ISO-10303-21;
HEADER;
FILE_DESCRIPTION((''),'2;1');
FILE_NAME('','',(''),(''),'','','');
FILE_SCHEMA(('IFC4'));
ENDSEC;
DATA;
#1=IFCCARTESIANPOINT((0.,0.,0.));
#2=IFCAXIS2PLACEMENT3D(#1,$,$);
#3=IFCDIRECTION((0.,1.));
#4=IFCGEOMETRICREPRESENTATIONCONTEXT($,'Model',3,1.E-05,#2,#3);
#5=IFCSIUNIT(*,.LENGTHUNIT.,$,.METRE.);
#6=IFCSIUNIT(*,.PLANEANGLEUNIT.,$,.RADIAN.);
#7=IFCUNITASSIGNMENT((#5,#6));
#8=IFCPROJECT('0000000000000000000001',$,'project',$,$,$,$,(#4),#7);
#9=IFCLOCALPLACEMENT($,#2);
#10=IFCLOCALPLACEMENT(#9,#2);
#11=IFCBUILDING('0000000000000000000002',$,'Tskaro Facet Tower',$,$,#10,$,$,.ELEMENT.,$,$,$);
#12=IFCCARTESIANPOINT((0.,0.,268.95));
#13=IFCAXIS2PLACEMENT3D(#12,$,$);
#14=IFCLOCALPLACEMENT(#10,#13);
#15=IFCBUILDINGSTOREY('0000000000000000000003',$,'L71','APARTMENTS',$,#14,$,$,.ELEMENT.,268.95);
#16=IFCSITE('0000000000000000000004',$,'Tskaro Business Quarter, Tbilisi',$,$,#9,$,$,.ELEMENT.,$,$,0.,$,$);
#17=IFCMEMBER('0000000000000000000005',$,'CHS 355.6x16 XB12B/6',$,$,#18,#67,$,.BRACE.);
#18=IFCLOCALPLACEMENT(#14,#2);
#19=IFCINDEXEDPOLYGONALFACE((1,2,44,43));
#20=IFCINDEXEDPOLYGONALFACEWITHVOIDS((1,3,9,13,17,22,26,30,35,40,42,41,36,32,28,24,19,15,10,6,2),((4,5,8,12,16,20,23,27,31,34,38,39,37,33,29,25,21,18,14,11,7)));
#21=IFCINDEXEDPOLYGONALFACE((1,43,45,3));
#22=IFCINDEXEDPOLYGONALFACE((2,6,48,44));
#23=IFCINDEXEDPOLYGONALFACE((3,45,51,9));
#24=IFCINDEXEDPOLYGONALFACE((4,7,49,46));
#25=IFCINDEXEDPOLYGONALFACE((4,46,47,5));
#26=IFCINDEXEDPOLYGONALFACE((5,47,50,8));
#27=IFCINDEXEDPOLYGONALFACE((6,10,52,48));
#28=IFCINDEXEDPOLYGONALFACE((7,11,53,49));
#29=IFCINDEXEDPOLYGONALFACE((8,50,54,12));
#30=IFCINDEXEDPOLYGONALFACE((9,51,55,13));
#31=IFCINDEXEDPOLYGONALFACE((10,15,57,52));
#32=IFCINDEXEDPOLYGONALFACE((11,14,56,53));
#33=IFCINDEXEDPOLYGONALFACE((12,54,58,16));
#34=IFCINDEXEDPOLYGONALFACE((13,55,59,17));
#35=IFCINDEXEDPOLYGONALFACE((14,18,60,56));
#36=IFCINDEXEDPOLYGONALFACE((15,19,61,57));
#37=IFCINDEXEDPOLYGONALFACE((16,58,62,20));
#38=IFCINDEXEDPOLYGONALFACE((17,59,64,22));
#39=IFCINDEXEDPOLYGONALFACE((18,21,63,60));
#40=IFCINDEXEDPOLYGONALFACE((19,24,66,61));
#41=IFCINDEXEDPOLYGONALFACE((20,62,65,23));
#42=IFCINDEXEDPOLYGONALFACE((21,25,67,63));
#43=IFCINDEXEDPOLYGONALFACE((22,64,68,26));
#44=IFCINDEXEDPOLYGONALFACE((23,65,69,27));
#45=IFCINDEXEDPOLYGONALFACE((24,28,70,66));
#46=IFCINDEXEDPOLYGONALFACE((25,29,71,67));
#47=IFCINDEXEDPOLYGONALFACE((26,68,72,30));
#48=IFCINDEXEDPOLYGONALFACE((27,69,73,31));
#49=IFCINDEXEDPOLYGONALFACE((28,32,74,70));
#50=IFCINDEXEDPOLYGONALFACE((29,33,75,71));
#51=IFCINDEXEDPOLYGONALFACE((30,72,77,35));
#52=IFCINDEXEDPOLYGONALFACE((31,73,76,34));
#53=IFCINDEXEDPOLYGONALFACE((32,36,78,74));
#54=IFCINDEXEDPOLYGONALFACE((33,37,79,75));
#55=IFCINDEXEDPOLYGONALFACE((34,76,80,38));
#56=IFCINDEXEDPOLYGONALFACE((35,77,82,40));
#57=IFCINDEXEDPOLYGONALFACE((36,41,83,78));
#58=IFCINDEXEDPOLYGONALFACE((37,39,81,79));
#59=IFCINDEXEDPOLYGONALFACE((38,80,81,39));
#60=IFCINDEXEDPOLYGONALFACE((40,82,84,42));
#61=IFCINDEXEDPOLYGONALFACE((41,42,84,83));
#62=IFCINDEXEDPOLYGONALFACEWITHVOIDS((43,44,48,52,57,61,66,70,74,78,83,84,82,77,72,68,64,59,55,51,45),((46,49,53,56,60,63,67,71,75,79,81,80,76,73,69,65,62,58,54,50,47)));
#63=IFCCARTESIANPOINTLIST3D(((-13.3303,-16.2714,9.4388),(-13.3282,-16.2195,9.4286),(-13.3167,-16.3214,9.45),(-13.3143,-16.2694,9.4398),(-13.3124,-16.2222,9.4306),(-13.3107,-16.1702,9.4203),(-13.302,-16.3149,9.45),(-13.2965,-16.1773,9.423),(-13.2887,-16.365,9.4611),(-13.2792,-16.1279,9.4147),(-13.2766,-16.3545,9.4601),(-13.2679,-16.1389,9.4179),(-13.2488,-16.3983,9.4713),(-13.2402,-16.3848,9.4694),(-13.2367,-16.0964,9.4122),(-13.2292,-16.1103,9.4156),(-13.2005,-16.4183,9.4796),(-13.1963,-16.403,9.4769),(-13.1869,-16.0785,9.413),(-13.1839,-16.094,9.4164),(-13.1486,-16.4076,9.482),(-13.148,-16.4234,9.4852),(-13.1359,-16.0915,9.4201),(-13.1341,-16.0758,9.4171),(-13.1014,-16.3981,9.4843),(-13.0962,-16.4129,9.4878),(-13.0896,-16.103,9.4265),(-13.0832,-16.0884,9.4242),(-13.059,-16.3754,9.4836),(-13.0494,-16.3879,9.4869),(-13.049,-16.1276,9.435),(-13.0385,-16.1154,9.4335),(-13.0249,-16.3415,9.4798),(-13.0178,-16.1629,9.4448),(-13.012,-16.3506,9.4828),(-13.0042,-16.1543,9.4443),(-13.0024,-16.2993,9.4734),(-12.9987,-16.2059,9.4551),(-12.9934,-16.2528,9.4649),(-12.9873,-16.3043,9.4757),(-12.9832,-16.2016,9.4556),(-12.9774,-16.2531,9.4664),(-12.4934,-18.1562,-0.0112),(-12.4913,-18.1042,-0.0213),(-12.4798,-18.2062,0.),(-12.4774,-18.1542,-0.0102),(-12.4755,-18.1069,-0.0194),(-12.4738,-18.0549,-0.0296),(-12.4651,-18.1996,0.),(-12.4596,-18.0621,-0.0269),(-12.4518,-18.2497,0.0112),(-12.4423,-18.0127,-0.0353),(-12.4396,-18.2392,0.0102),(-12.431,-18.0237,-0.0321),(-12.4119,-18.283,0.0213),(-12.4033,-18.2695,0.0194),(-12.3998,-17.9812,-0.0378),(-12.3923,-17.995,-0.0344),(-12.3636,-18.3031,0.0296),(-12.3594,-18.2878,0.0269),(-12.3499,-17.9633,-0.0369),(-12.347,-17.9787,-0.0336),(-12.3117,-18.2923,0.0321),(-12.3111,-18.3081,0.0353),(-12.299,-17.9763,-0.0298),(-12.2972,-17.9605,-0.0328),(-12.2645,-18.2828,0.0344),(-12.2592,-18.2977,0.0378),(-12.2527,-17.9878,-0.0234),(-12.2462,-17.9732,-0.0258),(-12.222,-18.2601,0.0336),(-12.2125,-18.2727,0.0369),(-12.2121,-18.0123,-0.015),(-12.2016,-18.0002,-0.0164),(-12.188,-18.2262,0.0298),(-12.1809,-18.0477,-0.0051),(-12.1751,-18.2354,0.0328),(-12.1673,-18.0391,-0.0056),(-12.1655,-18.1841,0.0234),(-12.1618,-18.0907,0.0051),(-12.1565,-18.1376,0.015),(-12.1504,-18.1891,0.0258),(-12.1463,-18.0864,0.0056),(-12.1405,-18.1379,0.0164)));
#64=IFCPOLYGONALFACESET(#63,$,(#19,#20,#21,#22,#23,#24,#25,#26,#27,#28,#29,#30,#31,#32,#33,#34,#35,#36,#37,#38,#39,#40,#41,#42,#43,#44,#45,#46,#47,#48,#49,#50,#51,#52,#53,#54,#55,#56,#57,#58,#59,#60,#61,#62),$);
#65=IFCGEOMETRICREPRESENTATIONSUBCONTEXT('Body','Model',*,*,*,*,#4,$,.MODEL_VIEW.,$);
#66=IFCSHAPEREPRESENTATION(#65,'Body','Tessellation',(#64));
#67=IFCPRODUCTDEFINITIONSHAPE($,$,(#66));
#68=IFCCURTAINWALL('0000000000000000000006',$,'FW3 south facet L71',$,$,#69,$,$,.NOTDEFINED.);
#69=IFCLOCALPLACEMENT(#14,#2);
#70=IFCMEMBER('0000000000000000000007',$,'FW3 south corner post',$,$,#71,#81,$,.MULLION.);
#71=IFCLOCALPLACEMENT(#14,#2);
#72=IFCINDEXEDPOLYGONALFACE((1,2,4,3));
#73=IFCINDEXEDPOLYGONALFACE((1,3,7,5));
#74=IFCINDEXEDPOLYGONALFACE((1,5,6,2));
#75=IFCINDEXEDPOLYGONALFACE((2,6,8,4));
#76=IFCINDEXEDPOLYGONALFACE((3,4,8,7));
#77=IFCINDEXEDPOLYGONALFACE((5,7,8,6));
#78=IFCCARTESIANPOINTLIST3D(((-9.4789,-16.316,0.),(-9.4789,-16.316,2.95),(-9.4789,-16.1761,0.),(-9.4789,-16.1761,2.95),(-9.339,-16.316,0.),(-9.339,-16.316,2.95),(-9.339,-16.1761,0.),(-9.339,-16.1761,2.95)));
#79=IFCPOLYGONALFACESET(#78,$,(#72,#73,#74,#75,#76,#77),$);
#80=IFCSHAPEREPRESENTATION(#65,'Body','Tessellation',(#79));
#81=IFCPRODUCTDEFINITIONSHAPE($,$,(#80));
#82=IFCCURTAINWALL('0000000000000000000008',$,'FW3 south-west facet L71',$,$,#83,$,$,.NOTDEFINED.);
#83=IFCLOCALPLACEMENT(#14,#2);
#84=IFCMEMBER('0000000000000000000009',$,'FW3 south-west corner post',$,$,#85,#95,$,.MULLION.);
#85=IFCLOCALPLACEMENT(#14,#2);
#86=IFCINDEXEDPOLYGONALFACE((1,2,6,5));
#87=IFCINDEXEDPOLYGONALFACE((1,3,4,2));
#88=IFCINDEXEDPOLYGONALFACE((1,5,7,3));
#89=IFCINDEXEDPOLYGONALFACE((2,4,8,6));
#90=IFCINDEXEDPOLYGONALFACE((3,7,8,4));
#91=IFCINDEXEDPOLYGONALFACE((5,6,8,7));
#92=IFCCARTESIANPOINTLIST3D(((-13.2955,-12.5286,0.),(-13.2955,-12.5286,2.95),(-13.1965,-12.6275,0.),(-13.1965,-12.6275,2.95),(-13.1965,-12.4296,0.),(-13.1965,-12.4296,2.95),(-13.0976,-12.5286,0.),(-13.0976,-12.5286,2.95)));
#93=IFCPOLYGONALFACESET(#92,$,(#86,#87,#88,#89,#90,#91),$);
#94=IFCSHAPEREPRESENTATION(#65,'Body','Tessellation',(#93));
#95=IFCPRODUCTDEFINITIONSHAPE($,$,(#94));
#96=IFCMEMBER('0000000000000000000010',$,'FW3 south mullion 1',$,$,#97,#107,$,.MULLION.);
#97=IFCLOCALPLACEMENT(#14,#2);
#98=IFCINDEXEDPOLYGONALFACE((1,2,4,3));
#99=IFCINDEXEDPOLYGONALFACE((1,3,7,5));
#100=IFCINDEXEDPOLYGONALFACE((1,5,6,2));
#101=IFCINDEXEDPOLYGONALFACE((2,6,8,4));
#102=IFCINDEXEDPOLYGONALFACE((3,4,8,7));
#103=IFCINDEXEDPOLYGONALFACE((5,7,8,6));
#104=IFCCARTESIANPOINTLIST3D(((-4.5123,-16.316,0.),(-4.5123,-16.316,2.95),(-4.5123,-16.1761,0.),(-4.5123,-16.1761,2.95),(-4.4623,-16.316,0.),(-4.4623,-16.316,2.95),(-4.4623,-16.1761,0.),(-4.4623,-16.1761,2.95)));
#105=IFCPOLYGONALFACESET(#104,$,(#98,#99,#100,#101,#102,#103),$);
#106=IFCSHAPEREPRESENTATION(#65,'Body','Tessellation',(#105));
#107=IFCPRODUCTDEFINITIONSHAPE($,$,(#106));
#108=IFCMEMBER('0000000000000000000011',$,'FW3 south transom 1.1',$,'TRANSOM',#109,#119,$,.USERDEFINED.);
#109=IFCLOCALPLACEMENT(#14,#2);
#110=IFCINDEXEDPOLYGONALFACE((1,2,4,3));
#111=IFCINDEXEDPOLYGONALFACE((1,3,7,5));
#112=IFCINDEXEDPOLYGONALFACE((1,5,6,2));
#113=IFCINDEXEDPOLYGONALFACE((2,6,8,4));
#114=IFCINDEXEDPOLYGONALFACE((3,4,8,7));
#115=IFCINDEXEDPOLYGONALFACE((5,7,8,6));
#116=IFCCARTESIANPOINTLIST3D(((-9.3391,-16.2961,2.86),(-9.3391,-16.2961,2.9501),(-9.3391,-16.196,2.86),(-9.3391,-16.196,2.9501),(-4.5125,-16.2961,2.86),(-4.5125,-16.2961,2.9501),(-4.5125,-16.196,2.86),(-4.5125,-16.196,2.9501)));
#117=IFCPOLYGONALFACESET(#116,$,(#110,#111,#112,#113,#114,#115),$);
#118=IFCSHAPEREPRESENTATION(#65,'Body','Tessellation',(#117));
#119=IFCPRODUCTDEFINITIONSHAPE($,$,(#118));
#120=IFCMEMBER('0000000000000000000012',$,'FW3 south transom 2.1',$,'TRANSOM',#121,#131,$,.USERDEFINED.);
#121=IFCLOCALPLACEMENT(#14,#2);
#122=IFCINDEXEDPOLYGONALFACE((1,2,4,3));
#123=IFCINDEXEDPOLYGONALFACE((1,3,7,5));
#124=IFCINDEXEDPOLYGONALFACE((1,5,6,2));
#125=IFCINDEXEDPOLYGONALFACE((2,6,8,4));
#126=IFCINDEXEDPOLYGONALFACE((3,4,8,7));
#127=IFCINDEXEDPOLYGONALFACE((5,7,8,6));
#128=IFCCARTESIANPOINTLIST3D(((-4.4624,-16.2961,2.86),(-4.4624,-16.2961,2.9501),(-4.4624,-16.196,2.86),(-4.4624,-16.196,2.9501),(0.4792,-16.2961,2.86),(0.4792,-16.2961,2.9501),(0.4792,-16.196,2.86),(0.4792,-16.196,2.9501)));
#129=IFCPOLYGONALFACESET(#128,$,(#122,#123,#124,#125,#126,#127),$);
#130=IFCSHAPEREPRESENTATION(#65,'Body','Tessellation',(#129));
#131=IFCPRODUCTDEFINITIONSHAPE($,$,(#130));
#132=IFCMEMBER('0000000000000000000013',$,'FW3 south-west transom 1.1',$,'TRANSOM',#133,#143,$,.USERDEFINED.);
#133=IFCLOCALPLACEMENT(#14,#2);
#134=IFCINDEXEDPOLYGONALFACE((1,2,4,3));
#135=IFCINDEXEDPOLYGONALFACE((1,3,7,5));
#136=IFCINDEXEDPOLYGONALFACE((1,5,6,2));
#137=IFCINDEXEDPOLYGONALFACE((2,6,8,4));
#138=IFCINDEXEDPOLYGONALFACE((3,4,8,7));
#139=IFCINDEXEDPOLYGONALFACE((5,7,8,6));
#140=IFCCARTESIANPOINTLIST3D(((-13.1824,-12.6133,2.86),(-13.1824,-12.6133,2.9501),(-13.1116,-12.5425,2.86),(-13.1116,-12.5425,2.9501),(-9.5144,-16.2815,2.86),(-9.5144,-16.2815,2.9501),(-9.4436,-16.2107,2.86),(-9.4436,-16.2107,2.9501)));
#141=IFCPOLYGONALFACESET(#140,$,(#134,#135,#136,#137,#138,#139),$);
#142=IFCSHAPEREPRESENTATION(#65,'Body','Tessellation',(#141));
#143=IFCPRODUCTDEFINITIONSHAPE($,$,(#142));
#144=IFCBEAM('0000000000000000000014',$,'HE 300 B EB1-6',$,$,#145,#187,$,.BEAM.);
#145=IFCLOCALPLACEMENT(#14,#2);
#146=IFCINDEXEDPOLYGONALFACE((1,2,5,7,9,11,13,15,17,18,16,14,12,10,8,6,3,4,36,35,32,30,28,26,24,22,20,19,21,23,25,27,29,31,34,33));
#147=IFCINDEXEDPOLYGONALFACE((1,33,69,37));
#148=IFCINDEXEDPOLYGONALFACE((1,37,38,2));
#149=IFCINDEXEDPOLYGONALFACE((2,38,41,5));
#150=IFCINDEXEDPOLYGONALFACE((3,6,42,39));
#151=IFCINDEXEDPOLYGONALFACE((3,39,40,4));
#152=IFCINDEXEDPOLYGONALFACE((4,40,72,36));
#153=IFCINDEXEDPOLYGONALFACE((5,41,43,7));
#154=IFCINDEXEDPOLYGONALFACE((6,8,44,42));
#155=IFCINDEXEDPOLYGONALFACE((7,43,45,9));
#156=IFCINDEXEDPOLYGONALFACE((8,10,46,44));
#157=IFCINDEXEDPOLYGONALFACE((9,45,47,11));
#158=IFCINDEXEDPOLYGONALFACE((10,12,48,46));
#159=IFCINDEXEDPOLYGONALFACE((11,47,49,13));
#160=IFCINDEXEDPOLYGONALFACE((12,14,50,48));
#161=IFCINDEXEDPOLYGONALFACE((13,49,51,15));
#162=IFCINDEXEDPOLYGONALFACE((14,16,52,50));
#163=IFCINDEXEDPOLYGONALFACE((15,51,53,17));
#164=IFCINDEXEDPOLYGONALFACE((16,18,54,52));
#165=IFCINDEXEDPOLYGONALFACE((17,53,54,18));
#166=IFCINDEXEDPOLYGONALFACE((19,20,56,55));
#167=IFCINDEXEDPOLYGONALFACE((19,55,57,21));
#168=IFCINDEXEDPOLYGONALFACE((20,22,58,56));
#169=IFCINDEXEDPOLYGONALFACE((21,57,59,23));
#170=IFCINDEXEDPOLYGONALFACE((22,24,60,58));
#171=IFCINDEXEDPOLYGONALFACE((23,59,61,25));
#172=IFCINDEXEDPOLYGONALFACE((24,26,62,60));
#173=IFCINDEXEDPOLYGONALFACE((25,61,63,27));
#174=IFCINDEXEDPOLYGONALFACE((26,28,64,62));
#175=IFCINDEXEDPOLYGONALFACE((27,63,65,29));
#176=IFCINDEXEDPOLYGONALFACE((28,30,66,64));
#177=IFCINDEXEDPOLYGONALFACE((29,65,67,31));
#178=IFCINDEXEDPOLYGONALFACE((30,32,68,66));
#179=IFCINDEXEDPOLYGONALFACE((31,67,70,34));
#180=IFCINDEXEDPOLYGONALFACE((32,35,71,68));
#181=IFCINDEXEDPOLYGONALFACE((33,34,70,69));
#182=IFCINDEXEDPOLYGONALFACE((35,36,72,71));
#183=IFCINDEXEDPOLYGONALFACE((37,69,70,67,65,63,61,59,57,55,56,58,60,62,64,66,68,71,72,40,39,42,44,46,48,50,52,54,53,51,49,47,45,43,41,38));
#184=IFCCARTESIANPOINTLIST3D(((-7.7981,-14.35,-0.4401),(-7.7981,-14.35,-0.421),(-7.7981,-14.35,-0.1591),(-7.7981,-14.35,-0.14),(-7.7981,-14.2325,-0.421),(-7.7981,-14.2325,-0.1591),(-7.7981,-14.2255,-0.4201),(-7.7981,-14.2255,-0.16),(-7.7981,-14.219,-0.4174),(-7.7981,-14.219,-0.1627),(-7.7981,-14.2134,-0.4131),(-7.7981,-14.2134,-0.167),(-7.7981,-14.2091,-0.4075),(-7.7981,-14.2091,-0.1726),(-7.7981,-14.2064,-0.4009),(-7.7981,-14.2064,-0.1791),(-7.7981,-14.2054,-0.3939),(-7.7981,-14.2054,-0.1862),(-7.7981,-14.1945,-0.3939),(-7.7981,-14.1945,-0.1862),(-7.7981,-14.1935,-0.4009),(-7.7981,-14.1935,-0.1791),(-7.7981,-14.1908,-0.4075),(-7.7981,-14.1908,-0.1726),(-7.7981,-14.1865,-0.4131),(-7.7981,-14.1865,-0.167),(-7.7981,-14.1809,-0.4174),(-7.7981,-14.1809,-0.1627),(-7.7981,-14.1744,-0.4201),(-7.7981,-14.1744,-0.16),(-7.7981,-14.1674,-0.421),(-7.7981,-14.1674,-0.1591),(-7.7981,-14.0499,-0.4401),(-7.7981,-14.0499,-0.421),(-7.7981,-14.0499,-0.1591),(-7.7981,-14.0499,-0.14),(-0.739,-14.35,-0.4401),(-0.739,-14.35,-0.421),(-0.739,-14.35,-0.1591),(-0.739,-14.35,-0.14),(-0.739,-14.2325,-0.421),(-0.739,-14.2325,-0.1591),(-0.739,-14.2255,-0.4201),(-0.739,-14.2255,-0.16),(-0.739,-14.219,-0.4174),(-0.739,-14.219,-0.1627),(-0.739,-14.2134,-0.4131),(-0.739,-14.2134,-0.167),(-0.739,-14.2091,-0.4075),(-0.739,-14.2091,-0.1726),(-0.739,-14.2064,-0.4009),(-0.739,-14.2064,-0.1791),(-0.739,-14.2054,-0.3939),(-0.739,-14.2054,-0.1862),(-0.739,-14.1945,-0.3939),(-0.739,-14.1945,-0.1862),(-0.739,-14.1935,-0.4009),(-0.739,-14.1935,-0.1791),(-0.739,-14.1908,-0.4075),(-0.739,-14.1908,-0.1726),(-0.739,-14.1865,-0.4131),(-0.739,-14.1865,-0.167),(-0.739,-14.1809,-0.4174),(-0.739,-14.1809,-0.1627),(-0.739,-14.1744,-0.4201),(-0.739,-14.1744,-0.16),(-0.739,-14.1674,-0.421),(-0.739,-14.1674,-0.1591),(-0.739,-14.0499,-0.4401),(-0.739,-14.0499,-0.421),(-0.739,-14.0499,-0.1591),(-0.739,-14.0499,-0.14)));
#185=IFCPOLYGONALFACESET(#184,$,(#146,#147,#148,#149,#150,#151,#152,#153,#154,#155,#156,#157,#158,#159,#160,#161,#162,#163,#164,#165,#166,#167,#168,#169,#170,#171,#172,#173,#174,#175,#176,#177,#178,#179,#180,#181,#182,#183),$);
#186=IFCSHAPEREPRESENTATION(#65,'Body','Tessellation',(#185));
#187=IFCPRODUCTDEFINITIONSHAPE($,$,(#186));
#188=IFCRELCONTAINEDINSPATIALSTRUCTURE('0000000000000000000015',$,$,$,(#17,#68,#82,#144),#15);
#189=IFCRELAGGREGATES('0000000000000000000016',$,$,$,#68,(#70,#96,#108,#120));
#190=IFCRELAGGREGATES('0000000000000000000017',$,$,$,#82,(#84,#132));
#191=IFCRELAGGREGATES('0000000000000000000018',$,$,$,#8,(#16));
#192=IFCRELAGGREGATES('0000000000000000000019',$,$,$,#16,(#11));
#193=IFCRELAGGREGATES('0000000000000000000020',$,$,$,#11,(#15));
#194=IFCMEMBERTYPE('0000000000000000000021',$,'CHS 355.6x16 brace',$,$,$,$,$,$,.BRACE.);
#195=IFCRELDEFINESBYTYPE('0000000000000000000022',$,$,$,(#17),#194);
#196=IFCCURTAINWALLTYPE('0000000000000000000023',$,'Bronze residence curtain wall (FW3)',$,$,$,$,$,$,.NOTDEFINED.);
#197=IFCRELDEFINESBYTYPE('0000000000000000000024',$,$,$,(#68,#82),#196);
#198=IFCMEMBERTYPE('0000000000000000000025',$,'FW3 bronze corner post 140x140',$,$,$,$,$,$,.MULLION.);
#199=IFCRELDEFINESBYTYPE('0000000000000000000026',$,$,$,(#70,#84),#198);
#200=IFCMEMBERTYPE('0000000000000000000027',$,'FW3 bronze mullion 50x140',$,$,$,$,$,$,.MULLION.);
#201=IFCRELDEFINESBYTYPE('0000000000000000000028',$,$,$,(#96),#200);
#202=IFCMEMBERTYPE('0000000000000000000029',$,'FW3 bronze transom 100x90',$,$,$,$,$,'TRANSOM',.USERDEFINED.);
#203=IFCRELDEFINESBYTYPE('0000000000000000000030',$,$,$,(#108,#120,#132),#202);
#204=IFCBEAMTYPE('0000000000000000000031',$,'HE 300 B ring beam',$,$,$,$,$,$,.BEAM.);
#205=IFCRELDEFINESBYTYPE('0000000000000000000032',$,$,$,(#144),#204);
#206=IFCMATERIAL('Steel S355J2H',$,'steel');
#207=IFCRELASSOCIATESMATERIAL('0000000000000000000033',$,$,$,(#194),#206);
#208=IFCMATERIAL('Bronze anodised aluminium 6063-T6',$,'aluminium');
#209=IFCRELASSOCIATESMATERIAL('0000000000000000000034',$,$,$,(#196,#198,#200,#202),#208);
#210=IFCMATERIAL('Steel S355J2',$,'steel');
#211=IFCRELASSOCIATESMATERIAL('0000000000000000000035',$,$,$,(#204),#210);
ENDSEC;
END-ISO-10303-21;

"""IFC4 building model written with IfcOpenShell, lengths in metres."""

from ifc_helpers import new_model, si_unit, direction, frame, origin, origin_2d, place, context, subcontext, project, spatial, rectangle, hollow_circle, i_section, extrude, material, material_profile, profile_set, type_object, element, aggregate, save


model = new_model("IFC4")

# Units and contexts
model_context = context("Model", 3, precision=1e-05, world=origin(), true_north=direction((0.0, 1.0)))
body_context = subcontext(model_context, "Body", "Model", "MODEL_VIEW")
ifc_project = project(units=[si_unit("LENGTHUNIT", "METRE"), si_unit("PLANEANGLEUNIT", "RADIAN")], contexts=[model_context])

# Site, building, storey
site_placement = place(None, origin())
site = spatial("IfcSite", under=ifc_project, at=site_placement, Name="Tskaro Business Quarter, Tbilisi", CompositionType="ELEMENT", RefElevation=0.0)
building_placement = place(site_placement, origin())
building = spatial("IfcBuilding", under=site, at=building_placement, Name="Tskaro Facet Tower", CompositionType="ELEMENT")
storey_placement = place(building_placement, frame((0.0, 0.0, 268.95)))
storey = spatial("IfcBuildingStorey", under=building, at=storey_placement, Name="L71", Description="APARTMENTS", CompositionType="ELEMENT", Elevation=268.95)

# Shared definitions
ifc_material_1 = material(Name="Steel S355J2", Category="steel")
ifc_material_2 = material(Name="Steel S355J2H", Category="steel")

# Member
ifc_material_profile_1 = material_profile(ifc_material_2, hollow_circle(Radius=0.1777, WallThickness=0.0161, at=origin_2d()), Name="CHS 355.6x16")
ifc_profile_set_1 = profile_set([ifc_material_profile_1], Name="Steel S355J2H")
member_type_1 = type_object("IfcMemberType", Name="CHS 355.6x16 brace", PredefinedType="BRACE", material=ifc_profile_set_1)
for number, where, z_axis, x_axis, name in (
    (1, (-12.3174, -18.134, 0.0), (-0.086526, 0.194861, 0.977007), (-0.913948, -0.405831, 0.0), "CHS 355.6x16 XB12B/6"),
):
    element("IfcMember", number, at=place(storey_placement, frame(where, z_axis=z_axis, x_axis=x_axis)), inside=storey, type_object=member_type_1, Name=name, PredefinedType="BRACE", context=body_context, shape_type="SweptSolid", body=[
        extrude(hollow_circle(Radius=0.1777, WallThickness=0.0161, at=origin_2d()), origin(), (0.0, 0.0, 1.0), 9.6724),
    ])

# Curtain walls, members
ifc_material_3 = material(Name="Bronze anodised aluminium 6063-T6", Category="aluminium")
curtain_wall_type = type_object("IfcCurtainWallType", Name="Bronze residence curtain wall (FW3)", PredefinedType="NOTDEFINED", material=ifc_material_3)
curtain_wall_1_placement = place(storey_placement, origin())
curtain_wall_1 = element("IfcCurtainWall", 2, at=curtain_wall_1_placement, inside=storey, type_object=curtain_wall_type, Name="FW3 south facet L71", PredefinedType="NOTDEFINED")
ifc_material_profile_2 = material_profile(ifc_material_3, rectangle(XDim=0.1399, YDim=0.1399, at=origin_2d()), Name="Corner post 140x140")
ifc_profile_set_2 = profile_set([ifc_material_profile_2], Name="Bronze anodised aluminium 6063-T6")
member_type_2 = type_object("IfcMemberType", Name="FW3 bronze corner post 140x140", PredefinedType="MULLION", material=ifc_profile_set_2)
member_1_placement = place(storey_placement, frame((-9.4089, -16.2461, 0.0), z_axis=(0.0, 0.0, 1.0), x_axis=(1.0, 0.0, 0.0)))
member_1 = element("IfcMember", 3, at=member_1_placement, type_object=member_type_2, Name="FW3 south corner post", PredefinedType="MULLION", context=body_context, shape_type="SweptSolid", body=[
    extrude(rectangle(XDim=0.1399, YDim=0.1399, at=origin_2d()), origin(), (0.0, 0.0, 1.0), 2.95),
])
curtain_wall_2_placement = place(storey_placement, origin())
curtain_wall_2 = element("IfcCurtainWall", 4, at=curtain_wall_2_placement, inside=storey, type_object=curtain_wall_type, Name="FW3 south-west facet L71", PredefinedType="NOTDEFINED")
member_2_placement = place(storey_placement, frame((-13.1965, -12.5286, 0.0), z_axis=(0.0, 0.0, 1.0), x_axis=(0.707107, -0.707107, 0.0)))
member_2 = element("IfcMember", 5, at=member_2_placement, type_object=member_type_2, Name="FW3 south-west corner post", PredefinedType="MULLION", context=body_context, shape_type="SweptSolid", body=[
    extrude(rectangle(XDim=0.1399, YDim=0.1399, at=origin_2d()), origin(), (0.0, 0.0, 1.0), 2.95),
])

# Members
ifc_material_profile_3 = material_profile(ifc_material_3, rectangle(XDim=0.05, YDim=0.1399, at=origin_2d()), Name="Mullion 50x140")
ifc_profile_set_3 = profile_set([ifc_material_profile_3], Name="Bronze anodised aluminium 6063-T6")
member_type_3 = type_object("IfcMemberType", Name="FW3 bronze mullion 50x140", PredefinedType="MULLION", material=ifc_profile_set_3)
member_3_placement = place(storey_placement, frame((-4.4873, -16.2461, 0.0), z_axis=(0.0, 0.0, 1.0), x_axis=(1.0, 0.0, 0.0)))
member_3 = element("IfcMember", 6, at=member_3_placement, type_object=member_type_3, Name="FW3 south mullion 1", PredefinedType="MULLION", context=body_context, shape_type="SweptSolid", body=[
    extrude(rectangle(XDim=0.05, YDim=0.1399, at=origin_2d()), origin(), (0.0, 0.0, 1.0), 2.95),
])
ifc_material_profile_4 = material_profile(ifc_material_3, rectangle(XDim=0.1001, YDim=0.0901, at=origin_2d()), Name="Transom 100x90")
ifc_profile_set_4 = profile_set([ifc_material_profile_4], Name="Bronze anodised aluminium 6063-T6")
member_type_4 = type_object("IfcMemberType", Name="FW3 bronze transom 100x90", ElementType="TRANSOM", PredefinedType="USERDEFINED", material=ifc_profile_set_4)
member_4_placement = place(storey_placement, frame((-9.3391, -16.2461, 2.905), z_axis=(1.0, 0.0, 0.0), x_axis=(0.0, 1.0, 0.0)))
member_4 = element("IfcMember", 7, at=member_4_placement, type_object=member_type_4, Name="FW3 south transom 1.1", ObjectType="TRANSOM", PredefinedType="USERDEFINED", context=body_context, shape_type="SweptSolid", body=[
    extrude(rectangle(XDim=0.1001, YDim=0.0901, at=origin_2d()), origin(), (0.0, 0.0, 1.0), 4.8267),
])
member_5_placement = place(storey_placement, frame((-4.4624, -16.2461, 2.905), z_axis=(1.0, 0.0, 0.0), x_axis=(0.0, 1.0, 0.0)))
member_5 = element("IfcMember", 8, at=member_5_placement, type_object=member_type_4, Name="FW3 south transom 2.1", ObjectType="TRANSOM", PredefinedType="USERDEFINED", context=body_context, shape_type="SweptSolid", body=[
    extrude(rectangle(XDim=0.1001, YDim=0.0901, at=origin_2d()), origin(), (0.0, 0.0, 1.0), 4.9417),
])
member_6_placement = place(storey_placement, frame((-13.147, -12.5779, 2.905), z_axis=(0.707083, -0.70713, 0.0), x_axis=(0.70713, 0.707083, 0.0)))
member_6 = element("IfcMember", 9, at=member_6_placement, type_object=member_type_4, Name="FW3 south-west transom 1.1", ObjectType="TRANSOM", PredefinedType="USERDEFINED", context=body_context, shape_type="SweptSolid", body=[
    extrude(rectangle(XDim=0.1001, YDim=0.0901, at=origin_2d()), origin(), (0.0, 0.0, 1.0), 5.1875),
])

# Beam
ifc_material_profile_5 = material_profile(ifc_material_1, i_section(OverallWidth=0.3, OverallDepth=0.3, WebThickness=0.011, FlangeThickness=0.019, FilletRadius=0.0271, at=origin_2d()), Name="HE 300 B")
ifc_profile_set_5 = profile_set([ifc_material_profile_5], Name="Steel S355J2")
beam_type_1 = type_object("IfcBeamType", Name="HE 300 B ring beam", PredefinedType="BEAM", material=ifc_profile_set_5)
beam_1_placement = place(storey_placement, frame((-7.7981, -14.2, -0.29), z_axis=(1.0, 0.0, 0.0), x_axis=(0.0, 1.0, 0.0)))
element("IfcBeam", 10, at=beam_1_placement, inside=storey, type_object=beam_type_1, Name="HE 300 B EB1-6", PredefinedType="BEAM", context=body_context, shape_type="SweptSolid", body=[
    extrude(i_section(OverallWidth=0.3, OverallDepth=0.3, WebThickness=0.011, FlangeThickness=0.019, FilletRadius=0.0271, at=origin_2d()), origin(), (0.0, 0.0, 1.0), 7.0591),
])

aggregate(curtain_wall_1, [member_1, member_3, member_4, member_5])
aggregate(curtain_wall_2, [member_2, member_6])

save(model, "model.ifc")
